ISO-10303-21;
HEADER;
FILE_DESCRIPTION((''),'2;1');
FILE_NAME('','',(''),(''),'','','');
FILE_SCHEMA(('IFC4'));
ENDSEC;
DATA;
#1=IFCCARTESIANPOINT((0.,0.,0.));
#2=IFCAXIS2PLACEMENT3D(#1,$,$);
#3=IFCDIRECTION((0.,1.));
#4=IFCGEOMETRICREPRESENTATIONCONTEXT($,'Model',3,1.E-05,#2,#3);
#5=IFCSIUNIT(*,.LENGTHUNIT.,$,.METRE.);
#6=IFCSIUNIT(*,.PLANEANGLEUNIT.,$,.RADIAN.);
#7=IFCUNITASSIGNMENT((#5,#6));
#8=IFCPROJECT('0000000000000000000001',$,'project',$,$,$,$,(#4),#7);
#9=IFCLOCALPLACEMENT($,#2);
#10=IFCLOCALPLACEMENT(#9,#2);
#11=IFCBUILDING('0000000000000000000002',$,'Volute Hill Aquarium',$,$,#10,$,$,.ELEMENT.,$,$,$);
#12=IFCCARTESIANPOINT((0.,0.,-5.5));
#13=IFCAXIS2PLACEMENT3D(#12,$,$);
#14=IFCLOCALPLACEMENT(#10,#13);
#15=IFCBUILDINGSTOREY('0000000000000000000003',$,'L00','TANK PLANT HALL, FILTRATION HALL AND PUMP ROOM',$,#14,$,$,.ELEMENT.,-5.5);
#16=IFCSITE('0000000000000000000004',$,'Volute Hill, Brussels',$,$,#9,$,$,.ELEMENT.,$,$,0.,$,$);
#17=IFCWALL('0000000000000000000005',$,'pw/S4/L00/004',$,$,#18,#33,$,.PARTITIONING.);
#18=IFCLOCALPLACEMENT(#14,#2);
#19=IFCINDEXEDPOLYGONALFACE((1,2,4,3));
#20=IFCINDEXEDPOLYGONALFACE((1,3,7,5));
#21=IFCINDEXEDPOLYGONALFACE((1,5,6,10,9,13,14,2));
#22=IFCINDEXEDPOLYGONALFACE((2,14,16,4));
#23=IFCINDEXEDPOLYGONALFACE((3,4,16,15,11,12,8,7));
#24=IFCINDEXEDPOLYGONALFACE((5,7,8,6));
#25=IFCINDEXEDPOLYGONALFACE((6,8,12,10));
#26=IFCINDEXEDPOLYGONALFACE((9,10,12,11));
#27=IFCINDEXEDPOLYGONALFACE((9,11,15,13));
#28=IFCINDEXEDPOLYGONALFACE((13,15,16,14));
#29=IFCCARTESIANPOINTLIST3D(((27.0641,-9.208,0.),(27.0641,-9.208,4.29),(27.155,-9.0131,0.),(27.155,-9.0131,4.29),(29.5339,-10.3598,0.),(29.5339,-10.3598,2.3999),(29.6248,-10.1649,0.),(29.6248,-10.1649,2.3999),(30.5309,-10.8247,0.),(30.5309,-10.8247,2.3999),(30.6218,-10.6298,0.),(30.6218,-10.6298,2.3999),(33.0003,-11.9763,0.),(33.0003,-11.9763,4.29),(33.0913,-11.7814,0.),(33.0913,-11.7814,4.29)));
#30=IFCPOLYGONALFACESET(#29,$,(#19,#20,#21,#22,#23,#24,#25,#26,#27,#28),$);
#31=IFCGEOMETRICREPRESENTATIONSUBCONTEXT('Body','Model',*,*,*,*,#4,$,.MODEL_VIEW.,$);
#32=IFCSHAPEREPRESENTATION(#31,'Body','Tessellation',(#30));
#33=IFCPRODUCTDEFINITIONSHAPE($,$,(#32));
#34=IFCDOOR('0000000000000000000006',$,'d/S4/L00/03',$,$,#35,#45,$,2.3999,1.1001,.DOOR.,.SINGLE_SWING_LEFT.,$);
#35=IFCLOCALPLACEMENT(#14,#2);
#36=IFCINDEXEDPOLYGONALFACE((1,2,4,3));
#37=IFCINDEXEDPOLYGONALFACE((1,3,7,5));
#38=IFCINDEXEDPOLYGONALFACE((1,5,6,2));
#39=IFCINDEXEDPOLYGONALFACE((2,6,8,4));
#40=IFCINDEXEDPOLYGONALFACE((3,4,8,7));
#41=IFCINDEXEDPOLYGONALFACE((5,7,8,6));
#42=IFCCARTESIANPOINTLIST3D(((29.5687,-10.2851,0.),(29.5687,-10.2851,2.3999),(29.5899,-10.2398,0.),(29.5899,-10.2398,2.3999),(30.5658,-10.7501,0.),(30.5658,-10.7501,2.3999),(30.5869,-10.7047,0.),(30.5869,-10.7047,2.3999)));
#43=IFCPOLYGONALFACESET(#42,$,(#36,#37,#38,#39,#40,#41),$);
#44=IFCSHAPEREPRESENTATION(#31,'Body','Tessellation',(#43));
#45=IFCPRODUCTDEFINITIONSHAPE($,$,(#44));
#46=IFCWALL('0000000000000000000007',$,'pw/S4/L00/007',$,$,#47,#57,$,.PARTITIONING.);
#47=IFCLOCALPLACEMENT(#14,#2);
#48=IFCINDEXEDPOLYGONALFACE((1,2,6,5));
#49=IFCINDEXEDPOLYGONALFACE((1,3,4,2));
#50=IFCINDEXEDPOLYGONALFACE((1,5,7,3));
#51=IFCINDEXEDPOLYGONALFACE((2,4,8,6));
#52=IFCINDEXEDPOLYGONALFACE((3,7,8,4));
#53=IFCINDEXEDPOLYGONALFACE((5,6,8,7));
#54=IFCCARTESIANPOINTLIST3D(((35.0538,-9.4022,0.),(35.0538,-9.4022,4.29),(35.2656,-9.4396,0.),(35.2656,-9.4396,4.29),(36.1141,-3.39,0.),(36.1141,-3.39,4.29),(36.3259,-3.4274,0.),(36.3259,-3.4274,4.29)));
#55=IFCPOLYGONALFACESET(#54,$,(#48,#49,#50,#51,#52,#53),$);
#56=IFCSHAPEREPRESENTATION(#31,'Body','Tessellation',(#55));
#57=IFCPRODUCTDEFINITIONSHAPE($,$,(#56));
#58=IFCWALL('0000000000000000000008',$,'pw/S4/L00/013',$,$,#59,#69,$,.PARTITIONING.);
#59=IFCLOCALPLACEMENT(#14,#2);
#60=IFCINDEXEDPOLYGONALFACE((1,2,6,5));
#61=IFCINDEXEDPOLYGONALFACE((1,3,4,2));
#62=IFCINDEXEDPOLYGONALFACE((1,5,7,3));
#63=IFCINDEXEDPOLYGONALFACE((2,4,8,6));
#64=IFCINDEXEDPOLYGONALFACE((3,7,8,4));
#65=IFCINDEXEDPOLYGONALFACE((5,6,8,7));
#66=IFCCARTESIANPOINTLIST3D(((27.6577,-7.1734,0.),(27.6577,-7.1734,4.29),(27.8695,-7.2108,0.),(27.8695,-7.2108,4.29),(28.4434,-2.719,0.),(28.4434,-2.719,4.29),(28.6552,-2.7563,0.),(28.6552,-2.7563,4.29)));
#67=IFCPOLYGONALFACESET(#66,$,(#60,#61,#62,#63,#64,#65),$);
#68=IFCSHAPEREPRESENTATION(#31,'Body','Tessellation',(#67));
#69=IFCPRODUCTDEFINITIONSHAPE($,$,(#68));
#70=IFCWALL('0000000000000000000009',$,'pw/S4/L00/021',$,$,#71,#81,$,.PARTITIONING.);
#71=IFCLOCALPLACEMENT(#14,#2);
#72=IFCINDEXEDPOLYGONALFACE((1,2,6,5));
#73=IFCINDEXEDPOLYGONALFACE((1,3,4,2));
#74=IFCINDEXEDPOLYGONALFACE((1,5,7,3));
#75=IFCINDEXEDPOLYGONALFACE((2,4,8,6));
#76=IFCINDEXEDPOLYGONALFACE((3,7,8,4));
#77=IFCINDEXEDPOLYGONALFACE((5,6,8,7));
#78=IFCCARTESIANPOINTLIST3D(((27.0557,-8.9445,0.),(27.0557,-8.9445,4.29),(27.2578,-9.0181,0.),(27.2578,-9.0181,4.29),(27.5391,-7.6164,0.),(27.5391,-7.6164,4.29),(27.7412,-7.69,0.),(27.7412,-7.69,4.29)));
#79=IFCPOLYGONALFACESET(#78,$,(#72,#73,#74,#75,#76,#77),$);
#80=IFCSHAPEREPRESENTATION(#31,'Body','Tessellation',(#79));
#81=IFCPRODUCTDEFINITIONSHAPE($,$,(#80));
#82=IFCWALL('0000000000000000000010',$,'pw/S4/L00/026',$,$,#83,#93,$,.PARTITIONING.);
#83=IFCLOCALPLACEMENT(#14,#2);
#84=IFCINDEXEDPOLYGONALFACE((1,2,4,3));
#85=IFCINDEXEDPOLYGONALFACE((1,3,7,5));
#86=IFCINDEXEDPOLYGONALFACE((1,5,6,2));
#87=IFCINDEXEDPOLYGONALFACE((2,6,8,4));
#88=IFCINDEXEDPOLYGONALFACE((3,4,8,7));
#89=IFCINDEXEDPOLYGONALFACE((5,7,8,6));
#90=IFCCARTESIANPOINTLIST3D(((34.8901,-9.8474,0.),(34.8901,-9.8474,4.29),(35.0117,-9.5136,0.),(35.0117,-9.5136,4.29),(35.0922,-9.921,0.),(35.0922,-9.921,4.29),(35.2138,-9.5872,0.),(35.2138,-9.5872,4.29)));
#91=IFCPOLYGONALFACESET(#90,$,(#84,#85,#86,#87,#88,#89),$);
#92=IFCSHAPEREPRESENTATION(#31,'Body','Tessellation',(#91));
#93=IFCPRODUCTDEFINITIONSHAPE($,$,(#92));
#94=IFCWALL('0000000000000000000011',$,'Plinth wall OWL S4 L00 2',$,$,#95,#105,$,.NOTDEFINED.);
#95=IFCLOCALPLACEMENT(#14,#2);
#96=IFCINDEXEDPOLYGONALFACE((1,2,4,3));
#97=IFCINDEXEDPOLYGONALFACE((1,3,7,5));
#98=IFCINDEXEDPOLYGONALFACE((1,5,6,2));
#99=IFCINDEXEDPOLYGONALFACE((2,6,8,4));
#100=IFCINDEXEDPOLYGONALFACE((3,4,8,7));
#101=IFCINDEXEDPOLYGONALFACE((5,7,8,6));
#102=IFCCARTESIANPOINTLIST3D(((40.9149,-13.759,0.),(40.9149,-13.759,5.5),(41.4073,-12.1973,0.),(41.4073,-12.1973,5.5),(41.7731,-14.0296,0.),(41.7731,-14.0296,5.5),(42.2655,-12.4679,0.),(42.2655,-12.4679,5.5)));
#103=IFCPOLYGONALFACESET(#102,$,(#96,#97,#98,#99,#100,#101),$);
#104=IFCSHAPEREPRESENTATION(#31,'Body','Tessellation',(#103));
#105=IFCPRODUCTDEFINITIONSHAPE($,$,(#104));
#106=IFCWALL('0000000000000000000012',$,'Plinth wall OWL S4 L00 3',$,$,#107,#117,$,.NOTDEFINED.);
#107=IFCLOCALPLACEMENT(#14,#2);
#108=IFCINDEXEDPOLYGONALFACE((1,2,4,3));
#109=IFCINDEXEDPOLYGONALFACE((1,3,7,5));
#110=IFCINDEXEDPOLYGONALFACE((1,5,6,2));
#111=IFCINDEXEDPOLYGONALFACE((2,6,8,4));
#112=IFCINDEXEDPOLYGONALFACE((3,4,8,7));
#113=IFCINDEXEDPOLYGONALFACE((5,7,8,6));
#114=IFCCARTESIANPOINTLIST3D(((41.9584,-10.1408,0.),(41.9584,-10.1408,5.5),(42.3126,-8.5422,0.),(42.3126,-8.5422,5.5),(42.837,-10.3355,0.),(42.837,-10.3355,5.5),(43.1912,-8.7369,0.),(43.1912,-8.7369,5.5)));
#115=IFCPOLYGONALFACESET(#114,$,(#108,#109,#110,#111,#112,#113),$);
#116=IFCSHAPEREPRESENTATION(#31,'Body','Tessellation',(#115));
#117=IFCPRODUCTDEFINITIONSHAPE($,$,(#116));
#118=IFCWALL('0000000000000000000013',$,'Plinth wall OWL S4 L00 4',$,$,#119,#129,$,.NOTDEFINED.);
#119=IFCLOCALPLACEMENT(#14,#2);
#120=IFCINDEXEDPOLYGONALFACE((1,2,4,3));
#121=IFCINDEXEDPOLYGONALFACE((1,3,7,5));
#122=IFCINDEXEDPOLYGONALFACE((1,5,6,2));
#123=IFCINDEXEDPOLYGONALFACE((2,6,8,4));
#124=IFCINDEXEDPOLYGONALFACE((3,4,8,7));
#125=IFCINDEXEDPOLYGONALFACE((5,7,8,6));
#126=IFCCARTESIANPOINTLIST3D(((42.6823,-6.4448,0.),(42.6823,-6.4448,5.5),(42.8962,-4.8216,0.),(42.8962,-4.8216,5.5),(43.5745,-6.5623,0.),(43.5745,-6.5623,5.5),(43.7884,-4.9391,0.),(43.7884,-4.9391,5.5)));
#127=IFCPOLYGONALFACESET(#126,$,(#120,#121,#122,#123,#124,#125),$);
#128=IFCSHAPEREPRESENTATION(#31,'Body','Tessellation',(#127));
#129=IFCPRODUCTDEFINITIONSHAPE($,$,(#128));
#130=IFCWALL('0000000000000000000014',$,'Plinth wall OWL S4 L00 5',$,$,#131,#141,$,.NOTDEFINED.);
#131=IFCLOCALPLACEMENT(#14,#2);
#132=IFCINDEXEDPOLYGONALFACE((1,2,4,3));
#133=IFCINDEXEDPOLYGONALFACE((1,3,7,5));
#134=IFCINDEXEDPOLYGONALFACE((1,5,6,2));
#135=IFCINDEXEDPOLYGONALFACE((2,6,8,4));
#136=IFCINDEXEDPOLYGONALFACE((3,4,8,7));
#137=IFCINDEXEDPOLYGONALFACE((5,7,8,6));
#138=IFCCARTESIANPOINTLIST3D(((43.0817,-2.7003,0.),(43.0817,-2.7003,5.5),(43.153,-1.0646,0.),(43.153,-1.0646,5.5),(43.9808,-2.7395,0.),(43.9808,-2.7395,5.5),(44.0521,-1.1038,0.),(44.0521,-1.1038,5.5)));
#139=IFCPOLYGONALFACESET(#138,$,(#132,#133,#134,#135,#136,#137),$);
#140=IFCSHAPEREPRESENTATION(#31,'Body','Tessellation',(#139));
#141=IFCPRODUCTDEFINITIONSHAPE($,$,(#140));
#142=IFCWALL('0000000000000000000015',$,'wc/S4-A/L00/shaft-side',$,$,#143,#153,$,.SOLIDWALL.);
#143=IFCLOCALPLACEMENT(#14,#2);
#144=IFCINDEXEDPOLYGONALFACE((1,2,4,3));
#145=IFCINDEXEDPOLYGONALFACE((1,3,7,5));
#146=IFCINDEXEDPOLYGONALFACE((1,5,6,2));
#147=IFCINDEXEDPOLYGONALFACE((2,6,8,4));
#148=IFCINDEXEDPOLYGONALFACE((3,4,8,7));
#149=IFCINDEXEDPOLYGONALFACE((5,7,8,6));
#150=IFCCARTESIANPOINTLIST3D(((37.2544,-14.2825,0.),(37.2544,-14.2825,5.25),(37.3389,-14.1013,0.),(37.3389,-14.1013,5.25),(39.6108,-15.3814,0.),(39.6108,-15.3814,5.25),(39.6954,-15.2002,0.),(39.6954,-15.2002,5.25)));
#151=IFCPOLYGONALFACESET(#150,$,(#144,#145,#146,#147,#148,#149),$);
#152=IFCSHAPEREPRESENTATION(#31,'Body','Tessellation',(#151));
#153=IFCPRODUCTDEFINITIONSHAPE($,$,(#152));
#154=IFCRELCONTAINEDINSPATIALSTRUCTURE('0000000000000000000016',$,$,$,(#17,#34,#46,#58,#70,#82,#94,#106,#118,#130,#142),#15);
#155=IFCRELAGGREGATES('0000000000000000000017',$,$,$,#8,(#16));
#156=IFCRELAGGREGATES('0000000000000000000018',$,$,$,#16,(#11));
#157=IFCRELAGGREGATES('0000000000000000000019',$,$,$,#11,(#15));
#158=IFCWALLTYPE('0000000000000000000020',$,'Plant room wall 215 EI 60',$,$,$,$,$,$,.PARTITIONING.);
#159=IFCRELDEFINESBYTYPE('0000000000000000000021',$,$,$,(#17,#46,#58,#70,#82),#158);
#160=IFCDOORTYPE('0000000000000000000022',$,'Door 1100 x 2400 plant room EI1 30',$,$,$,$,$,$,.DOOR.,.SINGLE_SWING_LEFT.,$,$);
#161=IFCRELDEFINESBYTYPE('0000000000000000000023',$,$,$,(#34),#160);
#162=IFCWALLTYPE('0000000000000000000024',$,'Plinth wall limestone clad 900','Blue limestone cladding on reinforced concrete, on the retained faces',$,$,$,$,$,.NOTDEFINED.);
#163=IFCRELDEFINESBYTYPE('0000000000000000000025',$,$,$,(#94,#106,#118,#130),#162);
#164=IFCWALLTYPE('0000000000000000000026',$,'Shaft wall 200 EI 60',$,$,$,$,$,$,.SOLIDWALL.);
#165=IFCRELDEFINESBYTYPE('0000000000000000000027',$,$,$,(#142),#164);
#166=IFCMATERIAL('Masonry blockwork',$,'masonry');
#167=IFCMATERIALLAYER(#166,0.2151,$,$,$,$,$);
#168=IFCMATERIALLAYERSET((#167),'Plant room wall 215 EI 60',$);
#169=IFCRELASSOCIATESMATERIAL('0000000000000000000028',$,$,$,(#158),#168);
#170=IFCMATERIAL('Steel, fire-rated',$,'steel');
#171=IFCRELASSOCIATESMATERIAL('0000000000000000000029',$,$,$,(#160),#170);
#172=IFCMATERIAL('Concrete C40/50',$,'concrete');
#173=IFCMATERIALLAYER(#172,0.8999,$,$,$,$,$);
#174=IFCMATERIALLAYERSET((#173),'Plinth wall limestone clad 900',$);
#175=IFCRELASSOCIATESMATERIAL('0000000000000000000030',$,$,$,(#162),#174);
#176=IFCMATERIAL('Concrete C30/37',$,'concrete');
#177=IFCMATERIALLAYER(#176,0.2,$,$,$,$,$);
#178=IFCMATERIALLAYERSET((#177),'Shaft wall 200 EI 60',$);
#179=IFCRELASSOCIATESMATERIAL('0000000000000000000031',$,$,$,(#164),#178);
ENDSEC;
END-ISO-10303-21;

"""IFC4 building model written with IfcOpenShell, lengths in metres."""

from ifc_helpers import new_model, si_unit, direction, frame, frame_2d, origin, place, context, subcontext, project, spatial, rectangle, extrude, material, layer, layer_set, type_object, element, fill, save


model = new_model("IFC4")

# Units and contexts
model_context = context("Model", 3, precision=1e-05, world=origin(), true_north=direction((0.0, 1.0)))
body_context = subcontext(model_context, "Body", "Model", "MODEL_VIEW")
ifc_project = project(units=[si_unit("LENGTHUNIT", "METRE"), si_unit("PLANEANGLEUNIT", "RADIAN")], contexts=[model_context])

# Site, building, storey
site_placement = place(None, origin())
site = spatial("IfcSite", under=ifc_project, at=site_placement, Name="Volute Hill, Brussels", CompositionType="ELEMENT", RefElevation=0.0)
building_placement = place(site_placement, origin())
building = spatial("IfcBuilding", under=site, at=building_placement, Name="Volute Hill Aquarium", CompositionType="ELEMENT")
storey_placement = place(building_placement, frame((0.0, 0.0, -5.5)))
storey = spatial("IfcBuildingStorey", under=building, at=storey_placement, Name="L00", Description="TANK PLANT HALL, FILTRATION HALL AND PUMP ROOM", CompositionType="ELEMENT", Elevation=-5.5)

# Shared definitions
ifc_material_1 = material(Name="Masonry blockwork", Category="masonry")
ifc_layer_1 = layer(ifc_material_1, 0.2151)
ifc_layer_set_1 = layer_set([ifc_layer_1], Name="Plant room wall 215 EI 60")
wall_type_1 = type_object("IfcWallType", Name="Plant room wall 215 EI 60", PredefinedType="PARTITIONING", material=ifc_layer_set_1)

# Wall, opening, door
wall_1_placement = place(storey_placement, frame((27.1096, -9.1106, 0.0), z_axis=(0.0, 0.0, 1.0), x_axis=(0.906297, -0.422641, 0.0)))
wall_1 = element("IfcWall", 1, at=wall_1_placement, inside=storey, type_object=wall_type_1, Name="pw/S4/L00/004", PredefinedType="PARTITIONING", context=body_context, shape_type="SweptSolid", body=[
    extrude(rectangle(XDim=6.55, YDim=0.2151, at=frame_2d((3.2749, 0.0))), origin(), (0.0, 0.0, 1.0), 4.29),
])
opening_1_placement = place(wall_1_placement, frame((2.7251, 0.0, 0.0)))
opening_1 = element("IfcOpeningElement", 2, at=opening_1_placement, cuts=wall_1, PredefinedType="OPENING", context=body_context, shape_type="SweptSolid", body=[
    extrude(rectangle(XDim=1.1001, YDim=2.3999, at=frame_2d((0.55, 1.2))), frame((0.0, 0.1174, 0.0), z_axis=(0.0, -1.0, 0.0), x_axis=(1.0, 0.0, 0.0)), (0.0, 0.0, 1.0), 0.2351),
])
ifc_material_2 = material(Name="Steel, fire-rated", Category="steel")
door_type_1 = type_object("IfcDoorType", Name="Door 1100 x 2400 plant room EI1 30", OperationType="SINGLE_SWING_LEFT", PredefinedType="DOOR", material=ifc_material_2)
door_1_placement = place(opening_1_placement, origin())
door_1 = element("IfcDoor", 3, at=door_1_placement, inside=storey, type_object=door_type_1, Name="d/S4/L00/03", OperationType="SINGLE_SWING_LEFT", OverallHeight=2.3999, OverallWidth=1.1001, PredefinedType="DOOR", context=body_context, shape_type="SweptSolid", body=[
    extrude(rectangle(XDim=1.1001, YDim=2.3999, at=frame_2d((0.55, 1.2))), frame((0.0, 0.0249, 0.0), z_axis=(0.0, -1.0, 0.0), x_axis=(1.0, 0.0, 0.0)), (0.0, 0.0, 1.0), 0.05),
])
fill(opening_1, door_1)

# Walls
wall_2_placement = place(storey_placement, frame((36.22, -3.4087, 0.0), z_axis=(0.0, 0.0, 1.0), x_axis=(-0.173678, -0.984802, 0.0)))
element("IfcWall", 4, at=wall_2_placement, inside=storey, type_object=wall_type_1, Name="pw/S4/L00/007", PredefinedType="PARTITIONING", context=body_context, shape_type="SweptSolid", body=[
    extrude(rectangle(XDim=6.105, YDim=0.2151, at=frame_2d((3.0525, 0.0))), origin(), (0.0, 0.0, 1.0), 4.29),
])
wall_3_placement = place(storey_placement, frame((28.5493, -2.7375, 0.0), z_axis=(0.0, 0.0, 1.0), x_axis=(-0.173696, -0.984799, 0.0)))
element("IfcWall", 5, at=wall_3_placement, inside=storey, type_object=wall_type_1, Name="pw/S4/L00/013", PredefinedType="PARTITIONING", context=body_context, shape_type="SweptSolid", body=[
    extrude(rectangle(XDim=4.5232, YDim=0.2151, at=frame_2d((2.2617, 0.0))), origin(), (0.0, 0.0, 1.0), 4.29),
])
wall_4_placement = place(storey_placement, frame((27.6401, -7.6533, 0.0), z_axis=(0.0, 0.0, 1.0), x_axis=(-0.34202, -0.939693, 0.0)))
element("IfcWall", 6, at=wall_4_placement, inside=storey, type_object=wall_type_1, Name="pw/S4/L00/021", PredefinedType="PARTITIONING", context=body_context, shape_type="SweptSolid", body=[
    extrude(rectangle(XDim=1.4133, YDim=0.2151, at=frame_2d((0.7065, 0.0))), origin(), (0.0, 0.0, 1.0), 4.29),
])
wall_5_placement = place(storey_placement, frame((35.1128, -9.5503, 0.0), z_axis=(0.0, 0.0, 1.0), x_axis=(-0.342295, -0.939593, 0.0)))
element("IfcWall", 7, at=wall_5_placement, inside=storey, type_object=wall_type_1, Name="pw/S4/L00/026", PredefinedType="PARTITIONING", context=body_context, shape_type="SweptSolid", body=[
    extrude(rectangle(XDim=0.3552, YDim=0.2151, at=frame_2d((0.1777, 0.0))), origin(), (0.0, 0.0, 1.0), 4.29),
])
ifc_material_3 = material(Name="Concrete C40/50", Category="concrete")
ifc_layer_2 = layer(ifc_material_3, 0.8999)
ifc_layer_set_2 = layer_set([ifc_layer_2], Name="Plinth wall limestone clad 900")
wall_type_2 = type_object("IfcWallType", Name="Plinth wall limestone clad 900", Description="Blue limestone cladding on reinforced concrete, on the retained faces", PredefinedType="NOTDEFINED", material=ifc_layer_set_2)
for number, where, z_axis, x_axis, name in (
    (8, (41.8364, -12.3325, 0.0), (0.0, 0.0, 1.0), (-0.30071, -0.953716, 0.0), "Plinth wall OWL S4 L00 2"),
    (9, (42.752, -8.6394, 0.0), (0.0, 0.0, 1.0), (-0.216346, -0.976317, 0.0), "Plinth wall OWL S4 L00 3"),
):
    element("IfcWall", number, at=place(storey_placement, frame(where, z_axis=z_axis, x_axis=x_axis)), inside=storey, type_object=wall_type_2, Name=name, PredefinedType="NOTDEFINED", context=body_context, shape_type="SweptSolid", body=[
        extrude(rectangle(XDim=1.6375, YDim=0.8999, at=frame_2d((0.8188, 0.0))), origin(), (0.0, 0.0, 1.0), 5.5),
    ])
for number, where, z_axis, x_axis, name in (
    (10, (43.3423, -4.8804, 0.0), (0.0, 0.0, 1.0), (-0.13062, -0.991432, 0.0), "Plinth wall OWL S4 L00 4"),
    (11, (43.6025, -1.0842, 0.0), (0.0, 0.0, 1.0), (-0.043541, -0.999052, 0.0), "Plinth wall OWL S4 L00 5"),
):
    element("IfcWall", number, at=place(storey_placement, frame(where, z_axis=z_axis, x_axis=x_axis)), inside=storey, type_object=wall_type_2, Name=name, PredefinedType="NOTDEFINED", context=body_context, shape_type="SweptSolid", body=[
        extrude(rectangle(XDim=1.6372, YDim=0.8999, at=frame_2d((0.8186, 0.0))), origin(), (0.0, 0.0, 1.0), 5.5),
    ])
ifc_material_4 = material(Name="Concrete C30/37", Category="concrete")
ifc_layer_3 = layer(ifc_material_4, 0.2)
ifc_layer_set_3 = layer_set([ifc_layer_3], Name="Shaft wall 200 EI 60")
wall_type_3 = type_object("IfcWallType", Name="Shaft wall 200 EI 60", PredefinedType="SOLIDWALL", material=ifc_layer_set_3)
wall_6_placement = place(storey_placement, frame((37.2966, -14.1919, 0.0), z_axis=(0.0, 0.0, 1.0), x_axis=(0.906301, -0.422634, 0.0)))
element("IfcWall", 12, at=wall_6_placement, inside=storey, type_object=wall_type_3, Name="wc/S4-A/L00/shaft-side", PredefinedType="SOLIDWALL", context=body_context, shape_type="SweptSolid", body=[
    extrude(rectangle(XDim=2.6001, YDim=0.2, at=frame_2d((1.3, 0.0))), origin(), (0.0, 0.0, 1.0), 5.25),
])

save(model, "model.ifc")
